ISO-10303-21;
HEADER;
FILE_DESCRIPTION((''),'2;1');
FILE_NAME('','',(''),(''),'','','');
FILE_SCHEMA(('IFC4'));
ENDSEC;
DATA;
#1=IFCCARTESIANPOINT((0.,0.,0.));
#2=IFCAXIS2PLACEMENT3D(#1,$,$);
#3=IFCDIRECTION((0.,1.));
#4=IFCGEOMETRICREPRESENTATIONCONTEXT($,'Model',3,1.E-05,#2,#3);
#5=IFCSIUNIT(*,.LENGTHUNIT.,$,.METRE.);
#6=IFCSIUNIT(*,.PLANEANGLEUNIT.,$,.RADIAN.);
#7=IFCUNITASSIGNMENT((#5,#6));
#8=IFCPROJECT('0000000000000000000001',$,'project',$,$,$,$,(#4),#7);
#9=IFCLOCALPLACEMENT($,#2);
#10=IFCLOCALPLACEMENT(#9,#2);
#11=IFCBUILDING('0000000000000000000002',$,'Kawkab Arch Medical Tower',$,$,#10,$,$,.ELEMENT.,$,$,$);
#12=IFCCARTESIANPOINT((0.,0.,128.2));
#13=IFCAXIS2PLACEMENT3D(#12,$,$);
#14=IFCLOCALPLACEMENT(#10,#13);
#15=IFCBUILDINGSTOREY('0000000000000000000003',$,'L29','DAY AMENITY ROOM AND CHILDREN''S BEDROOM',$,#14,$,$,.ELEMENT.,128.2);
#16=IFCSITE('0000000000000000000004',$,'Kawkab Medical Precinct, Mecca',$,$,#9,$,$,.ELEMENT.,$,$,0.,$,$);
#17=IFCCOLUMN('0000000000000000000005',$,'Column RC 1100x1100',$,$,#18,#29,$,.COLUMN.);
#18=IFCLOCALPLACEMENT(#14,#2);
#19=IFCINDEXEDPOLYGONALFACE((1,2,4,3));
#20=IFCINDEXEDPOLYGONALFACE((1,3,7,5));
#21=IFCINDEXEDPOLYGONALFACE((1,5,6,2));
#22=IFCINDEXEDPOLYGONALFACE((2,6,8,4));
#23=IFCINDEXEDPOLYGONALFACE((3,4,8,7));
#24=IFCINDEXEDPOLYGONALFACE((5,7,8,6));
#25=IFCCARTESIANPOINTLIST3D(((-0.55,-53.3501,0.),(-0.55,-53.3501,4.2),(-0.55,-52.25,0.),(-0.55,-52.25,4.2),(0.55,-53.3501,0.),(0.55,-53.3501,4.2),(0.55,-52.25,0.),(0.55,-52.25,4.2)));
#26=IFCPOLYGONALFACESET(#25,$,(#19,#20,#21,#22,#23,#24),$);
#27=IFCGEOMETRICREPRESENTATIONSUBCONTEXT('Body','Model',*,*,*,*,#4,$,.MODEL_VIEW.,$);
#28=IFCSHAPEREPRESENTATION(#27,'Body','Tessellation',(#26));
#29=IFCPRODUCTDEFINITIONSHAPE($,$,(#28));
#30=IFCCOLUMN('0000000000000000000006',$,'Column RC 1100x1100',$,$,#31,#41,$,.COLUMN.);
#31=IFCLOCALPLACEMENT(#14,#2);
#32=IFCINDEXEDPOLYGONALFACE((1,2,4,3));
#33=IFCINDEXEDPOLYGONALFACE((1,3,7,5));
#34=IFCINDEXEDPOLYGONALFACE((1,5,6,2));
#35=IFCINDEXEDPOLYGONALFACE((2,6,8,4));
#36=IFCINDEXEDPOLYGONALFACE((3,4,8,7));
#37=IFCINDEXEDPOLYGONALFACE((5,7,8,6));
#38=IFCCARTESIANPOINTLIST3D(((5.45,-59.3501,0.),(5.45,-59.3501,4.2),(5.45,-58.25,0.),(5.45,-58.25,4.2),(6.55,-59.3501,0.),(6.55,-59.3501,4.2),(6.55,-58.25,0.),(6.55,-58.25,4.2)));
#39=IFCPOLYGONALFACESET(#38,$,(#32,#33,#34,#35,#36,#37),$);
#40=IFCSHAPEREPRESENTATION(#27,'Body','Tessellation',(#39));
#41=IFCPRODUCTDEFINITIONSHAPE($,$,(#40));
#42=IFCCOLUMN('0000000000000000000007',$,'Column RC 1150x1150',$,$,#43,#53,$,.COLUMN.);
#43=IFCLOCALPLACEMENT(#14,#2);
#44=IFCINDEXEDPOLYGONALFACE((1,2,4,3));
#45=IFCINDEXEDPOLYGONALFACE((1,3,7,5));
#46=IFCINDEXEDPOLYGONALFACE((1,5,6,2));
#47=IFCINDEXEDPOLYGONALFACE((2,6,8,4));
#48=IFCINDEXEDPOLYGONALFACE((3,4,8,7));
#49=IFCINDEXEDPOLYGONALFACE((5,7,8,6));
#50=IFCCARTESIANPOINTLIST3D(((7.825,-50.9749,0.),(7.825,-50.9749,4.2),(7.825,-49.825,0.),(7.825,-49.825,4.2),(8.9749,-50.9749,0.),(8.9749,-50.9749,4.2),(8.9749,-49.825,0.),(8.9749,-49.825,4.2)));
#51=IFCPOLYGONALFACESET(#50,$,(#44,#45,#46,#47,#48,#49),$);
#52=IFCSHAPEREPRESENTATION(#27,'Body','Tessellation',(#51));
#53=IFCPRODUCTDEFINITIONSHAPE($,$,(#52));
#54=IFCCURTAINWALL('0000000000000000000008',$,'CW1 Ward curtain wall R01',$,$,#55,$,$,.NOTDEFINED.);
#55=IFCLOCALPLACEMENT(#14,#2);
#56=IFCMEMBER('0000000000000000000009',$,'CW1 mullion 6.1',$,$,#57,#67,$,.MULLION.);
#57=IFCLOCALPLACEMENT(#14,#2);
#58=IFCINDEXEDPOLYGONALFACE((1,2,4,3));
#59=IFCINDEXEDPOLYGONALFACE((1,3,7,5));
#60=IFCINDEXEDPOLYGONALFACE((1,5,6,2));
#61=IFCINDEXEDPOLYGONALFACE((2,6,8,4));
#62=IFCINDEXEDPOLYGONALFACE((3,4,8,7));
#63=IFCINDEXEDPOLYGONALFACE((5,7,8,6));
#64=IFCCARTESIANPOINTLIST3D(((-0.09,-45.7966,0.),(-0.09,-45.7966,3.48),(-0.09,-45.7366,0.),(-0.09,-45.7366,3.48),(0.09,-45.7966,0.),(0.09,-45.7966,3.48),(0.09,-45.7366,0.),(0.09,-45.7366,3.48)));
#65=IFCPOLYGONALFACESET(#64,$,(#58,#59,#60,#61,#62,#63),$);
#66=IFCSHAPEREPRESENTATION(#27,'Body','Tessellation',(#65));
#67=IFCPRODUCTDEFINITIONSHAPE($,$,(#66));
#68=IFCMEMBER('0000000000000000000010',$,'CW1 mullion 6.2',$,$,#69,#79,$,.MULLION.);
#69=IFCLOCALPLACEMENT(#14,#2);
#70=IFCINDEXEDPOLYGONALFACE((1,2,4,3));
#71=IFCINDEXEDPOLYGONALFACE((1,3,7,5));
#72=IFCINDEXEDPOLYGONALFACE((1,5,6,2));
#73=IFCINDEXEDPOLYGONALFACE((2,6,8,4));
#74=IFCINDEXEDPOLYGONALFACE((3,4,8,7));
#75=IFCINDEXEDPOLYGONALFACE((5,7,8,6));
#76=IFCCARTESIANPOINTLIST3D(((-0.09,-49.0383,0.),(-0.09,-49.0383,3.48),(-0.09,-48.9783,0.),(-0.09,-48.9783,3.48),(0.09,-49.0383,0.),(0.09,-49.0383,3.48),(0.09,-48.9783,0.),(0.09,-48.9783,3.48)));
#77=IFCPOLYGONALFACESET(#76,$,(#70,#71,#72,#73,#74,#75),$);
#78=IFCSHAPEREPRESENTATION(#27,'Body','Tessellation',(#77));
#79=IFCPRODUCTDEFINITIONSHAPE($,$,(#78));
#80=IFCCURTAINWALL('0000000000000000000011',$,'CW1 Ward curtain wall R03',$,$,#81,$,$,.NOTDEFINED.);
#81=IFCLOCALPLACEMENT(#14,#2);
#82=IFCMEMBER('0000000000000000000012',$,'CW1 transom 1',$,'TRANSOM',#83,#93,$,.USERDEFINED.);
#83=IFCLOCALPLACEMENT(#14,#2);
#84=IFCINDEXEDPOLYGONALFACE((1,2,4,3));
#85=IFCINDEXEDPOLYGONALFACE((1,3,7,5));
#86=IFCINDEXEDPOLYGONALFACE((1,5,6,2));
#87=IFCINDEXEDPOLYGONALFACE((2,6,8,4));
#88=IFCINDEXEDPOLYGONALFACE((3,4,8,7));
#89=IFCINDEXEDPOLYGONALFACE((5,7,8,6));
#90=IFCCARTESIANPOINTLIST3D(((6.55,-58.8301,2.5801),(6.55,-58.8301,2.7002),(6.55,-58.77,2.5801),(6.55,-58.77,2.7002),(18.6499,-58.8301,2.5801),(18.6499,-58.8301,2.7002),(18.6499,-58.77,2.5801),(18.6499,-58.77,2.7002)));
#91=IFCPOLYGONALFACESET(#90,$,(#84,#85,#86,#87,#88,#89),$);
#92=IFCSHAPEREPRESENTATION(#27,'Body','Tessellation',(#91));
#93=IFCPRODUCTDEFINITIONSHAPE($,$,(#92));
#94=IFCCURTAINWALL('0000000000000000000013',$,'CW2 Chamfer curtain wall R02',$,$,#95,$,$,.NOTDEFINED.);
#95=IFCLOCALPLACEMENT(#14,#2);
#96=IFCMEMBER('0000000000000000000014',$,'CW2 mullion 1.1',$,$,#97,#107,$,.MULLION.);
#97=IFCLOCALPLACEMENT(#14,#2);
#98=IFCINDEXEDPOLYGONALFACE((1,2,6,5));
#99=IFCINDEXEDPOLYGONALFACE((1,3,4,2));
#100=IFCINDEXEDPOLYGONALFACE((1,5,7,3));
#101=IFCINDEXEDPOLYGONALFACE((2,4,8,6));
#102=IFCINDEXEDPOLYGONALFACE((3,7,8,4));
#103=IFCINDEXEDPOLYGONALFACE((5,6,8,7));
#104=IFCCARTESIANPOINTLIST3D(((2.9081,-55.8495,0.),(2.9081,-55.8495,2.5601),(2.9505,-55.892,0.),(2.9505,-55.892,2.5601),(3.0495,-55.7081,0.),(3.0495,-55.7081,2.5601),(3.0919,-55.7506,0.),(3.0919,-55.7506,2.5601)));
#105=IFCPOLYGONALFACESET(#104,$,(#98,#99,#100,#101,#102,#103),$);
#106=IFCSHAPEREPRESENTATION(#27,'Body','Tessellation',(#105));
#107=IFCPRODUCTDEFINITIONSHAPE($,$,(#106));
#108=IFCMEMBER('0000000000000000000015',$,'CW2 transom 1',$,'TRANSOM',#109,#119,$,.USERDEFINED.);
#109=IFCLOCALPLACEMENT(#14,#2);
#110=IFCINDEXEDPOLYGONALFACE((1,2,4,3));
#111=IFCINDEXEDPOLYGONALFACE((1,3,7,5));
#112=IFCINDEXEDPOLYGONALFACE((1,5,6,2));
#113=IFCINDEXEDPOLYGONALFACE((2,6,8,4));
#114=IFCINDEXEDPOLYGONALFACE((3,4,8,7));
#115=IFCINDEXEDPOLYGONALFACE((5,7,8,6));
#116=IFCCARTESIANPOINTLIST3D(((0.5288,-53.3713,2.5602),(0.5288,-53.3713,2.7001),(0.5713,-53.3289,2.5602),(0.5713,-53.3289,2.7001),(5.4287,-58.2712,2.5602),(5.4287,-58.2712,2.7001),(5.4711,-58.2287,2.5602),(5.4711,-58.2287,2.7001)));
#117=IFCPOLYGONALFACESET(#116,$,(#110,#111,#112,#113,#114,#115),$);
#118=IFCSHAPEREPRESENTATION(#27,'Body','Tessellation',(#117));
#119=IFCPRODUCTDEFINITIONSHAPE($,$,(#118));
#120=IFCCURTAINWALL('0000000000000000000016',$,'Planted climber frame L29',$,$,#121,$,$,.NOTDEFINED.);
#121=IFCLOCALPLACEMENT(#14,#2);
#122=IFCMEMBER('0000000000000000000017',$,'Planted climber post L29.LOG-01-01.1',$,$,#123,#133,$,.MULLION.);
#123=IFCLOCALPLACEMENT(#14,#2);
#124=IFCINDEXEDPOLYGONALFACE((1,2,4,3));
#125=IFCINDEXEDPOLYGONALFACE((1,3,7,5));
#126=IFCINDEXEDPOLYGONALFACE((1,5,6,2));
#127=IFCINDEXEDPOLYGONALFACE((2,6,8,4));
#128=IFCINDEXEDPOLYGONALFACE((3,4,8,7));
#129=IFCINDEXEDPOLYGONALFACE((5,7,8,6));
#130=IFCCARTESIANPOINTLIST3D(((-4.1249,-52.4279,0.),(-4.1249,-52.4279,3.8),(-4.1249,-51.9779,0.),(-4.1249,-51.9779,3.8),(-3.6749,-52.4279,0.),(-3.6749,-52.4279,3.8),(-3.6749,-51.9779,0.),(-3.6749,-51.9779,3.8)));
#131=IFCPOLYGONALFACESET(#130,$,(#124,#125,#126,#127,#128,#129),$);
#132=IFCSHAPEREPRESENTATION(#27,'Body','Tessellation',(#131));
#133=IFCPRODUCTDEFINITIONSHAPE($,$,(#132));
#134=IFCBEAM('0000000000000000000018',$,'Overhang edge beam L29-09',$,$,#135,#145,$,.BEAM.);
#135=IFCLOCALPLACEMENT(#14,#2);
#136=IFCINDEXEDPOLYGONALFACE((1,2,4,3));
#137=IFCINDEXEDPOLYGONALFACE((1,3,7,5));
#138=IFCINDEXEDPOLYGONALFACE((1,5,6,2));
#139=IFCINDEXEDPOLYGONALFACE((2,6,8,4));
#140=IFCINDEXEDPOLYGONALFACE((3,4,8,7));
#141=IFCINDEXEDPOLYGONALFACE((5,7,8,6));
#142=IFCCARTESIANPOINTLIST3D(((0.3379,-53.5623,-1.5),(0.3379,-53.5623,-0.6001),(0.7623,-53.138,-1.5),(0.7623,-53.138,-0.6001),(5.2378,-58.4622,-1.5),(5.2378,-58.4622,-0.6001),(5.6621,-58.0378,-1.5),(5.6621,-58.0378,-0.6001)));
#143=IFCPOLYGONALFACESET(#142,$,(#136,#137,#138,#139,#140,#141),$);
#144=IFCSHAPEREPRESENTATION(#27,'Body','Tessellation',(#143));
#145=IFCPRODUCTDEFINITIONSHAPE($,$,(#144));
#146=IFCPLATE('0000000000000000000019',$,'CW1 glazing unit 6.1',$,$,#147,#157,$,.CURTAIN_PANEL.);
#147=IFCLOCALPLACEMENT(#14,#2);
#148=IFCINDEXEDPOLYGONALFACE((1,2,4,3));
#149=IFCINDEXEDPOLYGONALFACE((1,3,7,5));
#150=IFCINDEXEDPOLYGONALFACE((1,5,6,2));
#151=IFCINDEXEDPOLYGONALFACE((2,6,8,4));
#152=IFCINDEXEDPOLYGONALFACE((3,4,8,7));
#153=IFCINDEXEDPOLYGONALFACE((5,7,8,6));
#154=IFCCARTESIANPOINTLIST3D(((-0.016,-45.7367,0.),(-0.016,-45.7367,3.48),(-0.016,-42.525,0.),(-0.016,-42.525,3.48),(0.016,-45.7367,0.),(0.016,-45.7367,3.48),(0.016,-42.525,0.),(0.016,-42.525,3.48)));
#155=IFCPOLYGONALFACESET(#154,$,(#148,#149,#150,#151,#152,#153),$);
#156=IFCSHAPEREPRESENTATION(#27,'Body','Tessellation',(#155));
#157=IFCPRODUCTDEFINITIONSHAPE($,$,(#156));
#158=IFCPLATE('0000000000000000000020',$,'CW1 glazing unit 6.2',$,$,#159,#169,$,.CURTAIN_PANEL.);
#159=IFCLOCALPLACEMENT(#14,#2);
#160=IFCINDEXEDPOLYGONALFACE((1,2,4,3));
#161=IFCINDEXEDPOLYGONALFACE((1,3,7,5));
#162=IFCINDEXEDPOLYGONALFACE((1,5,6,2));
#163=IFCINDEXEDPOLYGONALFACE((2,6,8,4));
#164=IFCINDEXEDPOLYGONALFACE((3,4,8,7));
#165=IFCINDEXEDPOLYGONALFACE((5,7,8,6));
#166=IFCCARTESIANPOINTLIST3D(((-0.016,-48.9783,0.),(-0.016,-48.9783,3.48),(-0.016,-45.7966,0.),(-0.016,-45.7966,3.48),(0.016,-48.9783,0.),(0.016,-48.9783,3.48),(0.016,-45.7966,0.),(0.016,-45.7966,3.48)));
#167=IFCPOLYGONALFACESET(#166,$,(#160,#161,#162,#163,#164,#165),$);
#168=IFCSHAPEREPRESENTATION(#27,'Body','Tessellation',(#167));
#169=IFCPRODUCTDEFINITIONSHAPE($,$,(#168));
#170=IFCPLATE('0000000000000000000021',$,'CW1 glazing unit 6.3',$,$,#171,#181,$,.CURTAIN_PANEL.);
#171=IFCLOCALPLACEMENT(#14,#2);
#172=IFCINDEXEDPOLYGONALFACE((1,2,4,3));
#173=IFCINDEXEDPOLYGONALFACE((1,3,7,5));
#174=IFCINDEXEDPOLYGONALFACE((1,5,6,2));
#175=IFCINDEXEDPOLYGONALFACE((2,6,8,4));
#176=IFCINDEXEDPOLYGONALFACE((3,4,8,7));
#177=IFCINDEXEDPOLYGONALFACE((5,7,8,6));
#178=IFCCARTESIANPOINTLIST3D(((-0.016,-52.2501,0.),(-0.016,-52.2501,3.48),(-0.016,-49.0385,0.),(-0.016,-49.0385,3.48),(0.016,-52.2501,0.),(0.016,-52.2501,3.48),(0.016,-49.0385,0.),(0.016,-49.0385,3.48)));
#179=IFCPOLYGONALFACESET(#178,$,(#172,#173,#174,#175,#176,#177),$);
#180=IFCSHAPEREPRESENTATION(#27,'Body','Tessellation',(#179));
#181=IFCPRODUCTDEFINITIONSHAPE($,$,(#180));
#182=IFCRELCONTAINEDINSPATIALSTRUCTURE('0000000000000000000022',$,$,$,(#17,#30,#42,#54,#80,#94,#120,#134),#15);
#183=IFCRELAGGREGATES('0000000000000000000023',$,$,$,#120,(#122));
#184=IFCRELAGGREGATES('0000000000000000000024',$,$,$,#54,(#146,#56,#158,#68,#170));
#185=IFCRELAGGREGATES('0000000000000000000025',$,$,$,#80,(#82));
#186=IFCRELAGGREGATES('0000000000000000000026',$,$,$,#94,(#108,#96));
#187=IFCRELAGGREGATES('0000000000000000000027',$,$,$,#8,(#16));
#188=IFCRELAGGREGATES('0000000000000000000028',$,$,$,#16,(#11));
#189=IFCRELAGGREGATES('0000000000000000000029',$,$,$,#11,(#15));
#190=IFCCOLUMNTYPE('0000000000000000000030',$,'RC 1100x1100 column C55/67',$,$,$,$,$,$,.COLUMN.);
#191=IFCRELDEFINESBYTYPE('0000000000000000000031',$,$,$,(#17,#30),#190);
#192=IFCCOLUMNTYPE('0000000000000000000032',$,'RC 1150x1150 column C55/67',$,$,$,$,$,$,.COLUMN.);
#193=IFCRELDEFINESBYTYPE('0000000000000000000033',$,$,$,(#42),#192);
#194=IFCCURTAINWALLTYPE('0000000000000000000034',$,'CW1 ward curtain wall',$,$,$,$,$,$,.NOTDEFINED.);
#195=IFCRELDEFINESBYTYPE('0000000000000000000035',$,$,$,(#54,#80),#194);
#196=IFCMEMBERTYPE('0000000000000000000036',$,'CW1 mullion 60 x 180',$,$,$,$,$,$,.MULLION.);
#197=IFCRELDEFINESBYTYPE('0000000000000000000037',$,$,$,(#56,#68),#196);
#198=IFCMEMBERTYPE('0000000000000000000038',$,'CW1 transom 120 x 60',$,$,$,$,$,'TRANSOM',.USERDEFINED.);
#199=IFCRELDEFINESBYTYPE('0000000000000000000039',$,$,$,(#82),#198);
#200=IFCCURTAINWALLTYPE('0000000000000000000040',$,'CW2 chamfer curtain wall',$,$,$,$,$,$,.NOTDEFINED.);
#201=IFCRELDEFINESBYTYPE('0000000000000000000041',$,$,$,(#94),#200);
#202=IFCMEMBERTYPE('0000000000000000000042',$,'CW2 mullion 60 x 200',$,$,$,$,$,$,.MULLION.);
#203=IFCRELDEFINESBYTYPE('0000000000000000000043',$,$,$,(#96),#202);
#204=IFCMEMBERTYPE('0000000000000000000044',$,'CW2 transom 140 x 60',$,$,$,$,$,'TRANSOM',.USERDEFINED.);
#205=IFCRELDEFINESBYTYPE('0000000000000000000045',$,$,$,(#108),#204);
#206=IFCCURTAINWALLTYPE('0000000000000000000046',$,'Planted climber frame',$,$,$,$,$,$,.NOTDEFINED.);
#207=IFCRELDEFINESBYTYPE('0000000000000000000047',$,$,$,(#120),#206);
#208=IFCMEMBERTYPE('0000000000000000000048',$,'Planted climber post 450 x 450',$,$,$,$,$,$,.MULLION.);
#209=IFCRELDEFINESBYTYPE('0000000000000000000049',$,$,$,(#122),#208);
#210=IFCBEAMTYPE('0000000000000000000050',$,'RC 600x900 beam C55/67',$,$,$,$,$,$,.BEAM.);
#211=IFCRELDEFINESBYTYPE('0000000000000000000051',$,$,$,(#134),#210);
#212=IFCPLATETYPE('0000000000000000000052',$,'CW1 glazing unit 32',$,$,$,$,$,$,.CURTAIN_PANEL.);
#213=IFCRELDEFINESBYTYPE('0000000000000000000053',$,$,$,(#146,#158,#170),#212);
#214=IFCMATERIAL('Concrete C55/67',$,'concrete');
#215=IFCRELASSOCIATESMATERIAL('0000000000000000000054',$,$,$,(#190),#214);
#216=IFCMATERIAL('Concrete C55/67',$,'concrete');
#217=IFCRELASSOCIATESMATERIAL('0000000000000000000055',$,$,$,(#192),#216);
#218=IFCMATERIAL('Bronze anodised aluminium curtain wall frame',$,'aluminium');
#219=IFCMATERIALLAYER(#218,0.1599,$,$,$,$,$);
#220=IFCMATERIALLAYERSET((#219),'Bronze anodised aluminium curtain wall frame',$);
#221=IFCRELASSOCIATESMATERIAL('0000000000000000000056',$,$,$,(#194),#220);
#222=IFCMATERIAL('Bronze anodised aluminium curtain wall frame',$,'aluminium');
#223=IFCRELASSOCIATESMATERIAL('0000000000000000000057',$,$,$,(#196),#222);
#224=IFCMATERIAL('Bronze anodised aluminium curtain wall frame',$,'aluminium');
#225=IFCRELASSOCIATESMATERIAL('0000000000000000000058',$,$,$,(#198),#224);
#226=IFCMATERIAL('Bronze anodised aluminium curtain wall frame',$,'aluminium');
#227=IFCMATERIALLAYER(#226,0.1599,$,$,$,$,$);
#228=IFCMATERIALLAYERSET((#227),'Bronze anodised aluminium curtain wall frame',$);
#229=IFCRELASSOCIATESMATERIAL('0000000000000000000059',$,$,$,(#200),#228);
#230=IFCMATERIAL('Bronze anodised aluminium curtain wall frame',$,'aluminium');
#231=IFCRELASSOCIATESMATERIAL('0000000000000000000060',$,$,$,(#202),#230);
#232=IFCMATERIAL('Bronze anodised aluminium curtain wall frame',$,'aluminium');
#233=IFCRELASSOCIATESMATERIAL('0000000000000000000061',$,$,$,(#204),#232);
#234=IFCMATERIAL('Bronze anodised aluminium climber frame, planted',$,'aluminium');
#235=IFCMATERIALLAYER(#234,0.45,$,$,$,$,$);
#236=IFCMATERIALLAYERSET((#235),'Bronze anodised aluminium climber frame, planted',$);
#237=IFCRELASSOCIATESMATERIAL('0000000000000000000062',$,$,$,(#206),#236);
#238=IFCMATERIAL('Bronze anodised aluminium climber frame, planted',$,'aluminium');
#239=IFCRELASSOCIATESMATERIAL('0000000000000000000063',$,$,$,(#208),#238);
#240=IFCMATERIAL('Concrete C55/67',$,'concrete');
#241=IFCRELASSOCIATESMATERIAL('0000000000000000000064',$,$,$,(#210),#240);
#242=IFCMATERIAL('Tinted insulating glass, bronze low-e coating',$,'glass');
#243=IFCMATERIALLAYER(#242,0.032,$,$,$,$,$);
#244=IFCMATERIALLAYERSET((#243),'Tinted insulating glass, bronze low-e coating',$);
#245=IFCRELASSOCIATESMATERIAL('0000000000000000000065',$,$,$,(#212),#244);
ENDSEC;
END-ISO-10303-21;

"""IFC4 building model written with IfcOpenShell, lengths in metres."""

from ifc_helpers import new_model, si_unit, direction, frame, origin, origin_2d, place, context, subcontext, project, spatial, rectangle, extrude, material, layer, layer_set, material_profile, profile_set, type_object, element, aggregate, save


model = new_model("IFC4")

# Units and contexts
model_context = context("Model", 3, precision=1e-05, world=origin(), true_north=direction((0.0, 1.0)))
body_context = subcontext(model_context, "Body", "Model", "MODEL_VIEW")
ifc_project = project(units=[si_unit("LENGTHUNIT", "METRE"), si_unit("PLANEANGLEUNIT", "RADIAN")], contexts=[model_context])

# Site, building, storey
site_placement = place(None, origin())
site = spatial("IfcSite", under=ifc_project, at=site_placement, Name="Kawkab Medical Precinct, Mecca", CompositionType="ELEMENT", RefElevation=0.0)
building_placement = place(site_placement, origin())
building = spatial("IfcBuilding", under=site, at=building_placement, Name="Kawkab Arch Medical Tower", CompositionType="ELEMENT")
storey_placement = place(building_placement, frame((0.0, 0.0, 128.2)))
storey = spatial("IfcBuildingStorey", under=building, at=storey_placement, Name="L29", Description="DAY AMENITY ROOM AND CHILDREN'S BEDROOM", CompositionType="ELEMENT", Elevation=128.2)

# Columns
ifc_material_1 = material(Name="Concrete C55/67", Category="concrete")
ifc_material_profile_1 = material_profile(ifc_material_1, rectangle(XDim=1.1001, YDim=1.1001, at=origin_2d()), Name="RC 1100x1100")
ifc_profile_set_1 = profile_set([ifc_material_profile_1], Name="Concrete C55/67")
column_type_1 = type_object("IfcColumnType", Name="RC 1100x1100 column C55/67", PredefinedType="COLUMN", material=ifc_profile_set_1)
for number, where, z_axis, x_axis, name in (
    (1, (0.0, -52.8, 0.0), (0.0, 0.0, 1.0), (1.0, 0.0, 0.0), "Column RC 1100x1100"),
    (2, (6.0, -58.8, 0.0), (0.0, 0.0, 1.0), (1.0, 0.0, 0.0), "Column RC 1100x1100"),
):
    element("IfcColumn", number, at=place(storey_placement, frame(where, z_axis=z_axis, x_axis=x_axis)), inside=storey, type_object=column_type_1, Name=name, PredefinedType="COLUMN", context=body_context, shape_type="SweptSolid", body=[
        extrude(rectangle(XDim=1.1001, YDim=1.1001, at=origin_2d()), origin(), (0.0, 0.0, 1.0), 4.2),
    ])
ifc_material_2 = material(Name="Concrete C55/67", Category="concrete")
ifc_material_profile_2 = material_profile(ifc_material_2, rectangle(XDim=1.1499, YDim=1.1499, at=origin_2d()), Name="RC 1150x1150")
ifc_profile_set_2 = profile_set([ifc_material_profile_2], Name="Concrete C55/67")
column_type_2 = type_object("IfcColumnType", Name="RC 1150x1150 column C55/67", PredefinedType="COLUMN", material=ifc_profile_set_2)
column_placement = place(storey_placement, frame((8.3999, -50.3999, 0.0), z_axis=(0.0, 0.0, 1.0), x_axis=(1.0, 0.0, 0.0)))
element("IfcColumn", 3, at=column_placement, inside=storey, type_object=column_type_2, Name="Column RC 1150x1150", PredefinedType="COLUMN", context=body_context, shape_type="SweptSolid", body=[
    extrude(rectangle(XDim=1.1499, YDim=1.1499, at=origin_2d()), origin(), (0.0, 0.0, 1.0), 4.2),
])

# Curtain wall, members
ifc_material_3 = material(Name="Bronze anodised aluminium curtain wall frame", Category="aluminium")
ifc_layer_1 = layer(ifc_material_3, 0.1599)
ifc_layer_set_1 = layer_set([ifc_layer_1], Name="Bronze anodised aluminium curtain wall frame")
curtain_wall_type_1 = type_object("IfcCurtainWallType", Name="CW1 ward curtain wall", PredefinedType="NOTDEFINED", material=ifc_layer_set_1)
placement = place(storey_placement, origin())
curtain_wall_1 = element("IfcCurtainWall", 4, at=placement, inside=storey, type_object=curtain_wall_type_1, Name="CW1 Ward curtain wall R01", PredefinedType="NOTDEFINED")
ifc_material_4 = material(Name="Bronze anodised aluminium curtain wall frame", Category="aluminium")
ifc_material_profile_3 = material_profile(ifc_material_4, rectangle(XDim=0.1799, YDim=0.0601, at=origin_2d()), Name="AL 60x180")
ifc_profile_set_3 = profile_set([ifc_material_profile_3], Name="Bronze anodised aluminium curtain wall frame")
member_type_1 = type_object("IfcMemberType", Name="CW1 mullion 60 x 180", PredefinedType="MULLION", material=ifc_profile_set_3)
member_1_placement = place(storey_placement, frame((0.0, -45.7666, 0.0), z_axis=(0.0, 0.0, 1.0), x_axis=(1.0, 0.0, 0.0)))
member_1 = element("IfcMember", 5, at=member_1_placement, type_object=member_type_1, Name="CW1 mullion 6.1", PredefinedType="MULLION", context=body_context, shape_type="SweptSolid", body=[
    extrude(rectangle(XDim=0.1799, YDim=0.0601, at=origin_2d()), origin(), (0.0, 0.0, 1.0), 3.48),
])
member_2_placement = place(storey_placement, frame((0.0, -49.0083, 0.0), z_axis=(0.0, 0.0, 1.0), x_axis=(1.0, 0.0, 0.0)))
member_2 = element("IfcMember", 6, at=member_2_placement, type_object=member_type_1, Name="CW1 mullion 6.2", PredefinedType="MULLION", context=body_context, shape_type="SweptSolid", body=[
    extrude(rectangle(XDim=0.1799, YDim=0.0601, at=origin_2d()), origin(), (0.0, 0.0, 1.0), 3.48),
])

# Curtain wall, member
curtain_wall_2 = element("IfcCurtainWall", 7, at=placement, inside=storey, type_object=curtain_wall_type_1, Name="CW1 Ward curtain wall R03", PredefinedType="NOTDEFINED")
ifc_material_5 = material(Name="Bronze anodised aluminium curtain wall frame", Category="aluminium")
ifc_material_profile_4 = material_profile(ifc_material_5, rectangle(XDim=0.0601, YDim=0.1201, at=origin_2d()), Name="AL 60x120")
ifc_profile_set_4 = profile_set([ifc_material_profile_4], Name="Bronze anodised aluminium curtain wall frame")
member_type_2 = type_object("IfcMemberType", Name="CW1 transom 120 x 60", ElementType="TRANSOM", PredefinedType="USERDEFINED", material=ifc_profile_set_4)
member_3_placement = place(storey_placement, frame((6.55, -58.8, 2.6401), z_axis=(1.0, 0.0, 0.0), x_axis=(0.0, 1.0, 0.0)))
member_3 = element("IfcMember", 8, at=member_3_placement, type_object=member_type_2, Name="CW1 transom 1", ObjectType="TRANSOM", PredefinedType="USERDEFINED", context=body_context, shape_type="SweptSolid", body=[
    extrude(rectangle(XDim=0.0601, YDim=0.1201, at=origin_2d()), origin(), (0.0, 0.0, 1.0), 12.0999),
])

# Curtain wall, members
ifc_material_6 = material(Name="Bronze anodised aluminium curtain wall frame", Category="aluminium")
ifc_layer_2 = layer(ifc_material_6, 0.1599)
ifc_layer_set_2 = layer_set([ifc_layer_2], Name="Bronze anodised aluminium curtain wall frame")
curtain_wall_type_2 = type_object("IfcCurtainWallType", Name="CW2 chamfer curtain wall", PredefinedType="NOTDEFINED", material=ifc_layer_set_2)
curtain_wall_3 = element("IfcCurtainWall", 9, at=placement, inside=storey, type_object=curtain_wall_type_2, Name="CW2 Chamfer curtain wall R02", PredefinedType="NOTDEFINED")
ifc_material_7 = material(Name="Bronze anodised aluminium curtain wall frame", Category="aluminium")
ifc_material_profile_5 = material_profile(ifc_material_7, rectangle(XDim=0.2, YDim=0.0601, at=origin_2d()), Name="AL 60x200")
ifc_profile_set_5 = profile_set([ifc_material_profile_5], Name="Bronze anodised aluminium curtain wall frame")
member_type_3 = type_object("IfcMemberType", Name="CW2 mullion 60 x 200", PredefinedType="MULLION", material=ifc_profile_set_5)
member_4_placement = place(storey_placement, frame((3.0, -55.8, 0.0), z_axis=(0.0, 0.0, 1.0), x_axis=(0.707107, 0.707107, 0.0)))
member_4 = element("IfcMember", 10, at=member_4_placement, type_object=member_type_3, Name="CW2 mullion 1.1", PredefinedType="MULLION", context=body_context, shape_type="SweptSolid", body=[
    extrude(rectangle(XDim=0.2, YDim=0.0601, at=origin_2d()), origin(), (0.0, 0.0, 1.0), 2.5601),
])
ifc_material_8 = material(Name="Bronze anodised aluminium curtain wall frame", Category="aluminium")
ifc_material_profile_6 = material_profile(ifc_material_8, rectangle(XDim=0.0601, YDim=0.1399, at=origin_2d()), Name="AL 60x140")
ifc_profile_set_6 = profile_set([ifc_material_profile_6], Name="Bronze anodised aluminium curtain wall frame")
member_type_4 = type_object("IfcMemberType", Name="CW2 transom 140 x 60", ElementType="TRANSOM", PredefinedType="USERDEFINED", material=ifc_profile_set_6)
member_5_placement = place(storey_placement, frame((0.55, -53.3501, 2.6301), z_axis=(0.707107, -0.707107, 0.0), x_axis=(0.707107, 0.707107, 0.0)))
member_5 = element("IfcMember", 11, at=member_5_placement, type_object=member_type_4, Name="CW2 transom 1", ObjectType="TRANSOM", PredefinedType="USERDEFINED", context=body_context, shape_type="SweptSolid", body=[
    extrude(rectangle(XDim=0.0601, YDim=0.1399, at=origin_2d()), origin(), (0.0, 0.0, 1.0), 6.9294),
])

# Curtain wall, member
ifc_material_9 = material(Name="Bronze anodised aluminium climber frame, planted", Category="aluminium")
ifc_layer_3 = layer(ifc_material_9, 0.45)
ifc_layer_set_3 = layer_set([ifc_layer_3], Name="Bronze anodised aluminium climber frame, planted")
curtain_wall_type_3 = type_object("IfcCurtainWallType", Name="Planted climber frame", PredefinedType="NOTDEFINED", material=ifc_layer_set_3)
curtain_wall_4 = element("IfcCurtainWall", 12, at=placement, inside=storey, type_object=curtain_wall_type_3, Name="Planted climber frame L29", PredefinedType="NOTDEFINED")
ifc_material_10 = material(Name="Bronze anodised aluminium climber frame, planted", Category="aluminium")
ifc_material_profile_7 = material_profile(ifc_material_10, rectangle(XDim=0.45, YDim=0.45, at=origin_2d()), Name="Post 450x450")
ifc_profile_set_7 = profile_set([ifc_material_profile_7], Name="Bronze anodised aluminium climber frame, planted")
member_type_5 = type_object("IfcMemberType", Name="Planted climber post 450 x 450", PredefinedType="MULLION", material=ifc_profile_set_7)
member_6_placement = place(storey_placement, frame((-3.8999, -52.2029, 0.0), z_axis=(0.0, 0.0, 1.0), x_axis=(1.0, 0.0, 0.0)))
member_6 = element("IfcMember", 13, at=member_6_placement, type_object=member_type_5, Name="Planted climber post L29.LOG-01-01.1", PredefinedType="MULLION", context=body_context, shape_type="SweptSolid", body=[
    extrude(rectangle(XDim=0.45, YDim=0.45, at=origin_2d()), origin(), (0.0, 0.0, 1.0), 3.8),
])
aggregate(curtain_wall_4, [member_6])

# Beam
ifc_material_11 = material(Name="Concrete C55/67", Category="concrete")
ifc_material_profile_8 = material_profile(ifc_material_11, rectangle(XDim=0.6001, YDim=0.8999, at=origin_2d()), Name="RC 600x900")
ifc_profile_set_8 = profile_set([ifc_material_profile_8], Name="Concrete C55/67")
beam_type = type_object("IfcBeamType", Name="RC 600x900 beam C55/67", PredefinedType="BEAM", material=ifc_profile_set_8)
beam_placement = place(storey_placement, frame((5.45, -58.25, -1.05), z_axis=(-0.707107, 0.707107, 0.0), x_axis=(-0.707107, -0.707107, 0.0)))
element("IfcBeam", 14, at=beam_placement, inside=storey, type_object=beam_type, Name="Overhang edge beam L29-09", PredefinedType="BEAM", context=body_context, shape_type="SweptSolid", body=[
    extrude(rectangle(XDim=0.6001, YDim=0.8999, at=origin_2d()), origin(), (0.0, 0.0, 1.0), 6.9294),
])

# Plates
ifc_material_12 = material(Name="Tinted insulating glass, bronze low-e coating", Category="glass")
ifc_layer_4 = layer(ifc_material_12, 0.032)
ifc_layer_set_4 = layer_set([ifc_layer_4], Name="Tinted insulating glass, bronze low-e coating")
plate_type_1 = type_object("IfcPlateType", Name="CW1 glazing unit 32", PredefinedType="CURTAIN_PANEL", material=ifc_layer_set_4)
plate_1_placement = place(storey_placement, frame((0.0, -44.1309, 0.0), z_axis=(0.0, 0.0, 1.0), x_axis=(0.0, -1.0, 0.0)))
plate_1 = element("IfcPlate", 15, at=plate_1_placement, type_object=plate_type_1, Name="CW1 glazing unit 6.1", PredefinedType="CURTAIN_PANEL", context=body_context, shape_type="SweptSolid", body=[
    extrude(rectangle(XDim=3.2117, YDim=0.032, at=origin_2d()), origin(), (0.0, 0.0, 1.0), 3.48),
])
plate_2_placement = place(storey_placement, frame((0.0, -47.3875, 0.0), z_axis=(0.0, 0.0, 1.0), x_axis=(0.0, -1.0, 0.0)))
plate_2 = element("IfcPlate", 16, at=plate_2_placement, type_object=plate_type_1, Name="CW1 glazing unit 6.2", PredefinedType="CURTAIN_PANEL", context=body_context, shape_type="SweptSolid", body=[
    extrude(rectangle(XDim=3.1816, YDim=0.032, at=origin_2d()), origin(), (0.0, 0.0, 1.0), 3.48),
])
plate_3_placement = place(storey_placement, frame((0.0, -50.6443, 0.0), z_axis=(0.0, 0.0, 1.0), x_axis=(0.0, -1.0, 0.0)))
plate_3 = element("IfcPlate", 17, at=plate_3_placement, type_object=plate_type_1, Name="CW1 glazing unit 6.3", PredefinedType="CURTAIN_PANEL", context=body_context, shape_type="SweptSolid", body=[
    extrude(rectangle(XDim=3.2117, YDim=0.032, at=origin_2d()), origin(), (0.0, 0.0, 1.0), 3.48),
])
aggregate(curtain_wall_1, [plate_1, member_1, plate_2, member_2, plate_3])
aggregate(curtain_wall_2, [member_3])
aggregate(curtain_wall_3, [member_5, member_4])

save(model, "model.ifc")
